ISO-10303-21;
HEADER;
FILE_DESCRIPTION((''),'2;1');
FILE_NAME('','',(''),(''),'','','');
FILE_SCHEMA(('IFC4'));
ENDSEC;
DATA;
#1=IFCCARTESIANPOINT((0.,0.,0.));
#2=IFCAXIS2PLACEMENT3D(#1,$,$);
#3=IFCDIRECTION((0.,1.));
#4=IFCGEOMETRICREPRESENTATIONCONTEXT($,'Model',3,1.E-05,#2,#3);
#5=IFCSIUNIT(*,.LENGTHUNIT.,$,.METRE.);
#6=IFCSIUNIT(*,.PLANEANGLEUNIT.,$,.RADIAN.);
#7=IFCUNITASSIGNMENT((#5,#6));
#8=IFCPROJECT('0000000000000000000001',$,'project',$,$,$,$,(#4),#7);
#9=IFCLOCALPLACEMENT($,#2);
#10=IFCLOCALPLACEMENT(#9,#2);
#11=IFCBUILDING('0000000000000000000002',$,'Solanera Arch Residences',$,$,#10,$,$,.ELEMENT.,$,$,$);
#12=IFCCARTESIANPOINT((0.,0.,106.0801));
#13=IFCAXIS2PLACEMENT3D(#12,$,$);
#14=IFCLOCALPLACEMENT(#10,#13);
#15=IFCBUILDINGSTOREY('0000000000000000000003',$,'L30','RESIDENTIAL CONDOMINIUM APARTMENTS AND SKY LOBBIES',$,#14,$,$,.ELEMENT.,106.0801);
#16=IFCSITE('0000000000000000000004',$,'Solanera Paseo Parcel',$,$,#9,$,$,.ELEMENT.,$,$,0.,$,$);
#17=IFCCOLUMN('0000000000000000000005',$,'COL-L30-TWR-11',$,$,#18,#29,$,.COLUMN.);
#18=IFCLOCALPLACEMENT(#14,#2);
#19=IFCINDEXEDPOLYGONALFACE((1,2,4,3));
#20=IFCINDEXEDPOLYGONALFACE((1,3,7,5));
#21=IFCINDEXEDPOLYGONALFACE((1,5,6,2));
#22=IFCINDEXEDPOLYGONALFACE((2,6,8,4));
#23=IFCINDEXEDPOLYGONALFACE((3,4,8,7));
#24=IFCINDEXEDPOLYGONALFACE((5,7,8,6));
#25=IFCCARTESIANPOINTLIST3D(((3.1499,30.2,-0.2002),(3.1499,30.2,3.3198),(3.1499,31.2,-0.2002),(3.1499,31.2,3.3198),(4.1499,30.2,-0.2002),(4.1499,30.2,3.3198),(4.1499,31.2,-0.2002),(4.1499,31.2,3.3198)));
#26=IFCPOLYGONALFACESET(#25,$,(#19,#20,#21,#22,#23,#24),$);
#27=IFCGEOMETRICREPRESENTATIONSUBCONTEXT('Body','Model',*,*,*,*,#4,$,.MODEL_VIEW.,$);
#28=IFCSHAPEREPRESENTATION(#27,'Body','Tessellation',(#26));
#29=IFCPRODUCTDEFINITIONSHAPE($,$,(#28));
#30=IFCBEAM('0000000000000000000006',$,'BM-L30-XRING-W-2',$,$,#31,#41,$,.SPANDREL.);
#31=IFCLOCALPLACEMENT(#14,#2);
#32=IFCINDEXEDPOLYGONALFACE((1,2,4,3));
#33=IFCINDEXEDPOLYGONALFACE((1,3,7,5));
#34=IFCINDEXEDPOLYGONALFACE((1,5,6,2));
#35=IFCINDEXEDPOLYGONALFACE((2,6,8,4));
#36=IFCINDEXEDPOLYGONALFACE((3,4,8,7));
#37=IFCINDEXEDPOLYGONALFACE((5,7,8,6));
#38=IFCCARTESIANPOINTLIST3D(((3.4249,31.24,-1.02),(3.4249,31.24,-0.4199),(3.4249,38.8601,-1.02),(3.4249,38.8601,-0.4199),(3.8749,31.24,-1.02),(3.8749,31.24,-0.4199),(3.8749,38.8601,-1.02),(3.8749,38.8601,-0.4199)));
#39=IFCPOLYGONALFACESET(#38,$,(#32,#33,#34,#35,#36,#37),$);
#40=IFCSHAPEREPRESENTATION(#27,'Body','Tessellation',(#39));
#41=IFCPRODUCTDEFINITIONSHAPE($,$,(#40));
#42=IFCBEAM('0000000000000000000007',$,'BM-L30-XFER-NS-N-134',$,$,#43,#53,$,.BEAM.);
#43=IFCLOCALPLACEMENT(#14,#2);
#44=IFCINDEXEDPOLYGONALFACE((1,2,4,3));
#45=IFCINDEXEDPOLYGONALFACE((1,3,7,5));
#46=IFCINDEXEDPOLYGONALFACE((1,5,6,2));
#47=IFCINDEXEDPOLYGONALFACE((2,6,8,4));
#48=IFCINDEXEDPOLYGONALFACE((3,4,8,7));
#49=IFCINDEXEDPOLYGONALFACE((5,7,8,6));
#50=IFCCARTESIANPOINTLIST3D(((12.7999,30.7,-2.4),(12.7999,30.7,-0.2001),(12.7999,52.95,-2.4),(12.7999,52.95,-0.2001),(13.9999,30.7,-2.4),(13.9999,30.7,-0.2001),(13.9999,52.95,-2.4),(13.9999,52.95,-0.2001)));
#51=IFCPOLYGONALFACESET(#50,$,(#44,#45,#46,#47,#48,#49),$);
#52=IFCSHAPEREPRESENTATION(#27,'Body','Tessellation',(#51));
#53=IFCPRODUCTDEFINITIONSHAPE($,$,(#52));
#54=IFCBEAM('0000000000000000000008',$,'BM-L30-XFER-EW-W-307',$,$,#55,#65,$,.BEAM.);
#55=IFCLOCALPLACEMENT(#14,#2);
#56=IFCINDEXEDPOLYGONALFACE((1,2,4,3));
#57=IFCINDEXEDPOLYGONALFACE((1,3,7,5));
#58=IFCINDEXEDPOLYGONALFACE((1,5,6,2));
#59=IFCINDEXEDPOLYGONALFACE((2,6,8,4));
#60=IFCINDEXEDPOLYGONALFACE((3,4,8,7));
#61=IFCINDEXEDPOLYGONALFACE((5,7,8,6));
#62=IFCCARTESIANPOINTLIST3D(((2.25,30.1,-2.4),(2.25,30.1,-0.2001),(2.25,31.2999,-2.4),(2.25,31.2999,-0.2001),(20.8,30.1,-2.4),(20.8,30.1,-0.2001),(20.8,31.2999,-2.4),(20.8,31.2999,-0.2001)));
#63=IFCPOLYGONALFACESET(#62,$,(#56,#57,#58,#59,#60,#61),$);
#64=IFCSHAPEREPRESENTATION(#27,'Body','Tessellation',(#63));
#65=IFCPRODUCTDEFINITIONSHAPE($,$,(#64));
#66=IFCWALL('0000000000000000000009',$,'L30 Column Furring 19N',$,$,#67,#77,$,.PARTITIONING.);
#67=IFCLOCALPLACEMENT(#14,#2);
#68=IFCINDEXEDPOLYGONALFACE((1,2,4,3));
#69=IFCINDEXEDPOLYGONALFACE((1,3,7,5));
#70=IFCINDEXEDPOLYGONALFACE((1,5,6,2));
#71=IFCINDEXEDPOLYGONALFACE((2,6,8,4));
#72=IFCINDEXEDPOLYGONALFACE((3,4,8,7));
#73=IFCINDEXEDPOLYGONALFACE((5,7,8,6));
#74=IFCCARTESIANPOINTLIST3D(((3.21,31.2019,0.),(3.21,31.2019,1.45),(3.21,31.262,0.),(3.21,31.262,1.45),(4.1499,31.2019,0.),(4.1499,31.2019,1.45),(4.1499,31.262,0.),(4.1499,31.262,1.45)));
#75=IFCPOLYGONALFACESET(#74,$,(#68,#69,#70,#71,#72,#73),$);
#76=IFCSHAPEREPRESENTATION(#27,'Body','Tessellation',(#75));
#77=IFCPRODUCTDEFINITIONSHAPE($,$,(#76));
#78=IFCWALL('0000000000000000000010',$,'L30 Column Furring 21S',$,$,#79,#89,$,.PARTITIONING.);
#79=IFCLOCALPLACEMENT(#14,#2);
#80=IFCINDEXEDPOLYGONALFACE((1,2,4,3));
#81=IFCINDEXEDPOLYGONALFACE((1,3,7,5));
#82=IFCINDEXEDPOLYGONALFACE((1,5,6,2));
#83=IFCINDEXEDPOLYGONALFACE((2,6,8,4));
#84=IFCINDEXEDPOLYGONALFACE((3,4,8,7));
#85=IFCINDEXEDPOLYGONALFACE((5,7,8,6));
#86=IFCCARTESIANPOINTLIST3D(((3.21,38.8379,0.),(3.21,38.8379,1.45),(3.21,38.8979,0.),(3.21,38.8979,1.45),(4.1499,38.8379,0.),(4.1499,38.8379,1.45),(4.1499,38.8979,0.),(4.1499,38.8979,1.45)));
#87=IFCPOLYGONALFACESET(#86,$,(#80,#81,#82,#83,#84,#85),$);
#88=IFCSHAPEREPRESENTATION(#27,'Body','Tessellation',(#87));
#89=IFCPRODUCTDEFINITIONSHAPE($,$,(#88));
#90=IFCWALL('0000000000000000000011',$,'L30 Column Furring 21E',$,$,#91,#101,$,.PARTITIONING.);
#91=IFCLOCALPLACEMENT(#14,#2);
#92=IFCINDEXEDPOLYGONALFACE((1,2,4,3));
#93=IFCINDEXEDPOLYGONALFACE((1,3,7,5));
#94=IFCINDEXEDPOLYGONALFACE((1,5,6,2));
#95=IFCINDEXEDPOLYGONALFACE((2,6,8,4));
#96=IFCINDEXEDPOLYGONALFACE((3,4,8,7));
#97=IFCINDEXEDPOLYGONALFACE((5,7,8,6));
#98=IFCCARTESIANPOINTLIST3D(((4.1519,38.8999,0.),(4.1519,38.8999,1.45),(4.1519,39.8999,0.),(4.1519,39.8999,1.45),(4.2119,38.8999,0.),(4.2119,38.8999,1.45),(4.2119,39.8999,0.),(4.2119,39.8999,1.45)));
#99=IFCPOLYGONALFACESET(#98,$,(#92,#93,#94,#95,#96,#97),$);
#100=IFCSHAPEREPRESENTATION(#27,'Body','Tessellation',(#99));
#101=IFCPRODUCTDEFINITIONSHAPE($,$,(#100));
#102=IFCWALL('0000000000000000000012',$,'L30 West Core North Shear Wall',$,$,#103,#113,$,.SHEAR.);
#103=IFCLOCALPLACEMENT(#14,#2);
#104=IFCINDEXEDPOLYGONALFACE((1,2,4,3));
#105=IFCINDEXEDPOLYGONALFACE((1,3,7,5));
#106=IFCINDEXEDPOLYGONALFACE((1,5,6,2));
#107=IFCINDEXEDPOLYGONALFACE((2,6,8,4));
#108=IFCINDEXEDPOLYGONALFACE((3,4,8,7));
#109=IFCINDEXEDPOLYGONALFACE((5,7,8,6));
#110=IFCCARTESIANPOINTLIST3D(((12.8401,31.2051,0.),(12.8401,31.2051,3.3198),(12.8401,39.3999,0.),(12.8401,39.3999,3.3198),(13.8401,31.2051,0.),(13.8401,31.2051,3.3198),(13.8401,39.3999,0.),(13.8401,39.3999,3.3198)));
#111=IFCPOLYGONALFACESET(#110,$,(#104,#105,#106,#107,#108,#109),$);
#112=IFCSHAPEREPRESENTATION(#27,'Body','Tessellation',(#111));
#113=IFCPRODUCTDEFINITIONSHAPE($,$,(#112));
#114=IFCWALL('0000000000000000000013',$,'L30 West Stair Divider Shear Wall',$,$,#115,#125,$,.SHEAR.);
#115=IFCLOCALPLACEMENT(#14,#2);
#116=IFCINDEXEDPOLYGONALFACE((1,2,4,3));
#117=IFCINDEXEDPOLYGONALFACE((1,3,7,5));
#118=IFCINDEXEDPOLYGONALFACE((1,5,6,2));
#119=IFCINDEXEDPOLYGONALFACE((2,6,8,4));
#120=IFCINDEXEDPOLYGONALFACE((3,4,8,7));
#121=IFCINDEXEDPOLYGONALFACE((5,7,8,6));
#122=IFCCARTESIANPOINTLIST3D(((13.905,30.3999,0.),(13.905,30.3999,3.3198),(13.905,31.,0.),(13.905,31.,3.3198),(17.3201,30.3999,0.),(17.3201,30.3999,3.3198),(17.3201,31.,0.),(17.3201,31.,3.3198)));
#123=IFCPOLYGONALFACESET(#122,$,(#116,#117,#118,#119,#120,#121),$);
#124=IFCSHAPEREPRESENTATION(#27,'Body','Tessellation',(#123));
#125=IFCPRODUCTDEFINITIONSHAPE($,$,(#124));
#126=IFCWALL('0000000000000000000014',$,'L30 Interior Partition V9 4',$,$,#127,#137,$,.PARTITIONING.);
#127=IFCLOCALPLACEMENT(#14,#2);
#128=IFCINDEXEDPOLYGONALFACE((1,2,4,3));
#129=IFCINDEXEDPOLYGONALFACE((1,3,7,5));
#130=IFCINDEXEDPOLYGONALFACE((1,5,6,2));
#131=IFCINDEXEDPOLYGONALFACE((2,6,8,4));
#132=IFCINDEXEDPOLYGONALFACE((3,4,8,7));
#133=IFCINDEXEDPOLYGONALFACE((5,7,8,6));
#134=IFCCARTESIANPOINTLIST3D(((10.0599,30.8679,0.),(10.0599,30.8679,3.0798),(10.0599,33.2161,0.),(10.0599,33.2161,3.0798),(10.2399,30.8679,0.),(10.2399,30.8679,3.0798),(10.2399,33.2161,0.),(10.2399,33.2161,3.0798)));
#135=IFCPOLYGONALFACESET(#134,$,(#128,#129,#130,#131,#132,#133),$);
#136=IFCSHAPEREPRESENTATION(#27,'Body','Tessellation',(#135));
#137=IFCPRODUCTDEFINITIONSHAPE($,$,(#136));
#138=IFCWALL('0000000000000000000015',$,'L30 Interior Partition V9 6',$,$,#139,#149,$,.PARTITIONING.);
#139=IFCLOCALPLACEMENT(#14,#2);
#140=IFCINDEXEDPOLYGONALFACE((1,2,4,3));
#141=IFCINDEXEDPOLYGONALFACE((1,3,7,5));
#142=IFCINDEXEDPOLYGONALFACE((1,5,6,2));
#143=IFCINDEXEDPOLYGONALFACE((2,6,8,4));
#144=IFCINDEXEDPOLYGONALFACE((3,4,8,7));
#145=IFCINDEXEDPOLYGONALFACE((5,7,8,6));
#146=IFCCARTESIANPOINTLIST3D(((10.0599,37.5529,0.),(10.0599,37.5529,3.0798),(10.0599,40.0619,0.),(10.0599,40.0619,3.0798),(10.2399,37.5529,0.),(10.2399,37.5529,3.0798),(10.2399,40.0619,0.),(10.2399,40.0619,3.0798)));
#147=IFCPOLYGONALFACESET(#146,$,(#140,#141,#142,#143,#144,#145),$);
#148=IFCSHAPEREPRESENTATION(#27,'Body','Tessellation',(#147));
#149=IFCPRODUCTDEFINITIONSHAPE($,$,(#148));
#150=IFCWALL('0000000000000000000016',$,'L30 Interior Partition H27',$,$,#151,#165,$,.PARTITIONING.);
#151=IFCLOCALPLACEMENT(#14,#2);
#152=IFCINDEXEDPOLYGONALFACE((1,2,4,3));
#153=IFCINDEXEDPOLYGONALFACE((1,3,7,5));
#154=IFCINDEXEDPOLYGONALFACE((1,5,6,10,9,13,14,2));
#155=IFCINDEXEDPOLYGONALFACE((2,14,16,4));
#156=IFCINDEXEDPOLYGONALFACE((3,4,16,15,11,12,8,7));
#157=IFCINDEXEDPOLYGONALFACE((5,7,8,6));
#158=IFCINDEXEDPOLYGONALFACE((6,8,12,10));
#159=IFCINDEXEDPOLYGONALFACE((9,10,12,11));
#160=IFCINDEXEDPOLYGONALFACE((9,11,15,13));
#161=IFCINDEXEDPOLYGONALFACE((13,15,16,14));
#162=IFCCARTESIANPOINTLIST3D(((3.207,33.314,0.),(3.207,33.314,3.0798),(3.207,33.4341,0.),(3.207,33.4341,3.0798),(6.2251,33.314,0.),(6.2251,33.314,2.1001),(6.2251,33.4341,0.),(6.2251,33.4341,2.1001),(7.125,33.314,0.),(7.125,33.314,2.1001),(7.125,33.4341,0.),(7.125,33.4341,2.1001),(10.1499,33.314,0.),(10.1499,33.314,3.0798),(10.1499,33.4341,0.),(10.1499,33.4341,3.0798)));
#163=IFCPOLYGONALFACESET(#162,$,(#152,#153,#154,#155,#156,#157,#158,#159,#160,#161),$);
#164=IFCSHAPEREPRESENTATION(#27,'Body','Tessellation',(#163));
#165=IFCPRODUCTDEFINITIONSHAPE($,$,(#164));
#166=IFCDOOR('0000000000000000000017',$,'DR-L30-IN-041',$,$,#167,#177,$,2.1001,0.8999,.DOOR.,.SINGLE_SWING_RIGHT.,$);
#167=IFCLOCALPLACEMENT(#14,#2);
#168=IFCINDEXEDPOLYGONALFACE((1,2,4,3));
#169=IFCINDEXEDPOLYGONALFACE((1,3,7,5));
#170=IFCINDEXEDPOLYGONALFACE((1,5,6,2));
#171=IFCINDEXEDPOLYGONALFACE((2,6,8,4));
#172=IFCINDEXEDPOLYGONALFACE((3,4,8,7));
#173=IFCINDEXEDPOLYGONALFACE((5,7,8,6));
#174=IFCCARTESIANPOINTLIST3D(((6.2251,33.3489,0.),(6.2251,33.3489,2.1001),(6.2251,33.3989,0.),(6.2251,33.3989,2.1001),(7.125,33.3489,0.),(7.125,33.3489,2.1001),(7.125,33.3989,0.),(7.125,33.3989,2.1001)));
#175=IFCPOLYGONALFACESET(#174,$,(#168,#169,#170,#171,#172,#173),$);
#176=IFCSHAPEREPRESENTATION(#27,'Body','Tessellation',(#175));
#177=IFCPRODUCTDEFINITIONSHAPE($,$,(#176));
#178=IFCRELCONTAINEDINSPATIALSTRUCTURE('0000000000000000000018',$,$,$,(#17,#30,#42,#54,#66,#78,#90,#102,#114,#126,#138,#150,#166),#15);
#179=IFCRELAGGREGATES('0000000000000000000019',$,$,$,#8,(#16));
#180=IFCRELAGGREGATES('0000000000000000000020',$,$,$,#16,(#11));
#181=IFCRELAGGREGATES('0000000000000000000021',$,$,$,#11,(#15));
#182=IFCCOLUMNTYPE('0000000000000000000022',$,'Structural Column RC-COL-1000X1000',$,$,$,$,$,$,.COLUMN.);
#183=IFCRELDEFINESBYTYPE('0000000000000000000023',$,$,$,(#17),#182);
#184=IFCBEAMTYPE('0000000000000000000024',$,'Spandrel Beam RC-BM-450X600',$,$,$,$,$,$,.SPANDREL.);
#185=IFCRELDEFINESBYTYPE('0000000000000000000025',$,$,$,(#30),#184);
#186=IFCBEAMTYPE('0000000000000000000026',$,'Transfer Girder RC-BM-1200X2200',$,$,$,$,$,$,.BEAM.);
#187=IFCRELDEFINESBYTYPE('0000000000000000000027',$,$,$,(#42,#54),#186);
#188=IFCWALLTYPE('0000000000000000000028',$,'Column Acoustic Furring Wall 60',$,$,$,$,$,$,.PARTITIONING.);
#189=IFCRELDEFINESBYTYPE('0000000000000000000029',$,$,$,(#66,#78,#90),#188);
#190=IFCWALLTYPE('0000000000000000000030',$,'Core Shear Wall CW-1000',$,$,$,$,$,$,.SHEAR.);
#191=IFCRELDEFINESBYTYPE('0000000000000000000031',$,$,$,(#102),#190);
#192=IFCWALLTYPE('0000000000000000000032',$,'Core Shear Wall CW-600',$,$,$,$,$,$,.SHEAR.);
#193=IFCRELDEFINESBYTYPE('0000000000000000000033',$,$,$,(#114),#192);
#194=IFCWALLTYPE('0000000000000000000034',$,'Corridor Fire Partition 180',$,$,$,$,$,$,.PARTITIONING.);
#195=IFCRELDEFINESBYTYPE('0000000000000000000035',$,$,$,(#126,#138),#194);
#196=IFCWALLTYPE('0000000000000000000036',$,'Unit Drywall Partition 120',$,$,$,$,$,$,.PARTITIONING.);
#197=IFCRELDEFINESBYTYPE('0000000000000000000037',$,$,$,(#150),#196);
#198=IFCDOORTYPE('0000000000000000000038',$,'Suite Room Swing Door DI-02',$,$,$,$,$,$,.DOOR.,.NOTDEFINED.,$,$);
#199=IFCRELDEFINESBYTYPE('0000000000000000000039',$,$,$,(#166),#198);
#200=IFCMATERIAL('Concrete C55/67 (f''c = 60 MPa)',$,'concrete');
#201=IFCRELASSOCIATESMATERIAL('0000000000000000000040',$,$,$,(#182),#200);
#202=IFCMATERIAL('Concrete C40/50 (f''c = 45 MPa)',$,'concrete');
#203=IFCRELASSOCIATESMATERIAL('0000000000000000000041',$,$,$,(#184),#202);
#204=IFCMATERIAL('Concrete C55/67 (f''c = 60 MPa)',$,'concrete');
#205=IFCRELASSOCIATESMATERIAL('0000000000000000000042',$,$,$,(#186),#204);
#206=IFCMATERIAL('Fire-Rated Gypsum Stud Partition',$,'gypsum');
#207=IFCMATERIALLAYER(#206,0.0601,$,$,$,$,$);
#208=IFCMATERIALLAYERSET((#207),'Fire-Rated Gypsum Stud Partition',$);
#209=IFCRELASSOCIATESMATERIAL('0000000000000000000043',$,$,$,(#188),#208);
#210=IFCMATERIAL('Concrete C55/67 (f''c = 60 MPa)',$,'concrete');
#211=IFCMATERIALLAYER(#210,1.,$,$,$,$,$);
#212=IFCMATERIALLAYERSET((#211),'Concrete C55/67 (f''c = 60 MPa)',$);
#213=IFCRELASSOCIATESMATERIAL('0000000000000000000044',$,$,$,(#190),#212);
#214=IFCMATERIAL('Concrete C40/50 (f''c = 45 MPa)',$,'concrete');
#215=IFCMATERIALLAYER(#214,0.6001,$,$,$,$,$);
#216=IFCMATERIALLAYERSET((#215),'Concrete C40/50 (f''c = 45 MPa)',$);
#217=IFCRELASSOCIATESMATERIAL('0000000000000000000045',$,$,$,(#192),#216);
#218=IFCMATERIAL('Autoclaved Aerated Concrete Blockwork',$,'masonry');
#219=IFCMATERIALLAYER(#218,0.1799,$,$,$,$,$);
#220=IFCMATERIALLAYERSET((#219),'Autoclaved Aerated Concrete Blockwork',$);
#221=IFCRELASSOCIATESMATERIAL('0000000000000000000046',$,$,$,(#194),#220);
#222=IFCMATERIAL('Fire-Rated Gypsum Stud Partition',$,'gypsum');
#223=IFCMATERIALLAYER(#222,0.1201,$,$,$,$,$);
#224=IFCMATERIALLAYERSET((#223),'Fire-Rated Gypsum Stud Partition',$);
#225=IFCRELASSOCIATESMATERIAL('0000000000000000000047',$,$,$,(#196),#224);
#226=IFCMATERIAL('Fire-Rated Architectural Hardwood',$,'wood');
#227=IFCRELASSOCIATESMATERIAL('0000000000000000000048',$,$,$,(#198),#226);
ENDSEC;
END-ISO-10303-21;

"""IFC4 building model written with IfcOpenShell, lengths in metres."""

from ifc_helpers import new_model, si_unit, direction, frame, frame_2d, origin, origin_2d, place, context, subcontext, project, spatial, rectangle, extrude, material, layer, layer_set, material_profile, profile_set, type_object, element, fill, save


model = new_model("IFC4")

# Units and contexts
model_context = context("Model", 3, precision=1e-05, world=origin(), true_north=direction((0.0, 1.0)))
body_context = subcontext(model_context, "Body", "Model", "MODEL_VIEW")
ifc_project = project(units=[si_unit("LENGTHUNIT", "METRE"), si_unit("PLANEANGLEUNIT", "RADIAN")], contexts=[model_context])

# Site, building, storey
site_placement = place(None, origin())
site = spatial("IfcSite", under=ifc_project, at=site_placement, Name="Solanera Paseo Parcel", CompositionType="ELEMENT", RefElevation=0.0)
building_placement = place(site_placement, origin())
building = spatial("IfcBuilding", under=site, at=building_placement, Name="Solanera Arch Residences", CompositionType="ELEMENT")
storey_placement = place(building_placement, frame((0.0, 0.0, 106.0801)))
storey = spatial("IfcBuildingStorey", under=building, at=storey_placement, Name="L30", Description="RESIDENTIAL CONDOMINIUM APARTMENTS AND SKY LOBBIES", CompositionType="ELEMENT", Elevation=106.0801)

# Column
ifc_material_1 = material(Name="Concrete C55/67 (f'c = 60 MPa)", Category="concrete")
ifc_material_profile_1 = material_profile(ifc_material_1, rectangle(XDim=1.0, YDim=1.0, at=origin_2d()))
ifc_profile_set_1 = profile_set([ifc_material_profile_1], Name="Concrete C55/67 (f'c = 60 MPa)")
column_type = type_object("IfcColumnType", Name="Structural Column RC-COL-1000X1000", PredefinedType="COLUMN", material=ifc_profile_set_1)
column_placement = place(storey_placement, frame((3.6499, 30.7, -0.2002), z_axis=(0.0, 0.0, 1.0), x_axis=(1.0, 0.0, 0.0)))
element("IfcColumn", 1, at=column_placement, inside=storey, type_object=column_type, Name="COL-L30-TWR-11", PredefinedType="COLUMN", context=body_context, shape_type="SweptSolid", body=[
    extrude(rectangle(XDim=1.0, YDim=1.0, at=origin_2d()), origin(), (0.0, 0.0, 1.0), 3.52),
])

# Beams
ifc_material_2 = material(Name="Concrete C40/50 (f'c = 45 MPa)", Category="concrete")
ifc_material_profile_2 = material_profile(ifc_material_2, rectangle(XDim=0.45, YDim=0.6001, at=origin_2d()))
ifc_profile_set_2 = profile_set([ifc_material_profile_2], Name="Concrete C40/50 (f'c = 45 MPa)")
beam_type_1 = type_object("IfcBeamType", Name="Spandrel Beam RC-BM-450X600", PredefinedType="SPANDREL", material=ifc_profile_set_2)
beam_1_placement = place(storey_placement, frame((3.6499, 31.24, -0.72), z_axis=(0.0, 1.0, 0.0), x_axis=(-1.0, 0.0, 0.0)))
element("IfcBeam", 2, at=beam_1_placement, inside=storey, type_object=beam_type_1, Name="BM-L30-XRING-W-2", PredefinedType="SPANDREL", context=body_context, shape_type="SweptSolid", body=[
    extrude(rectangle(XDim=0.45, YDim=0.6001, at=origin_2d()), origin(), (0.0, 0.0, 1.0), 7.6201),
])
ifc_material_3 = material(Name="Concrete C55/67 (f'c = 60 MPa)", Category="concrete")
ifc_material_profile_3 = material_profile(ifc_material_3, rectangle(XDim=1.2, YDim=2.2, at=origin_2d()))
ifc_profile_set_3 = profile_set([ifc_material_profile_3], Name="Concrete C55/67 (f'c = 60 MPa)")
beam_type_2 = type_object("IfcBeamType", Name="Transfer Girder RC-BM-1200X2200", PredefinedType="BEAM", material=ifc_profile_set_3)
beam_2_placement = place(storey_placement, frame((13.3999, 30.7, -1.3), z_axis=(0.0, 1.0, 0.0), x_axis=(-1.0, 0.0, 0.0)))
element("IfcBeam", 3, at=beam_2_placement, inside=storey, type_object=beam_type_2, Name="BM-L30-XFER-NS-N-134", PredefinedType="BEAM", context=body_context, shape_type="SweptSolid", body=[
    extrude(rectangle(XDim=1.2, YDim=2.2, at=origin_2d()), origin(), (0.0, 0.0, 1.0), 22.25),
])
beam_3_placement = place(storey_placement, frame((2.25, 30.7, -1.3), z_axis=(1.0, 0.0, 0.0), x_axis=(0.0, 1.0, 0.0)))
element("IfcBeam", 4, at=beam_3_placement, inside=storey, type_object=beam_type_2, Name="BM-L30-XFER-EW-W-307", PredefinedType="BEAM", context=body_context, shape_type="SweptSolid", body=[
    extrude(rectangle(XDim=1.2, YDim=2.2, at=origin_2d()), origin(), (0.0, 0.0, 1.0), 18.55),
])

# Walls
ifc_material_4 = material(Name="Fire-Rated Gypsum Stud Partition", Category="gypsum")
ifc_layer_1 = layer(ifc_material_4, 0.0601)
ifc_layer_set_1 = layer_set([ifc_layer_1], Name="Fire-Rated Gypsum Stud Partition")
wall_type_1 = type_object("IfcWallType", Name="Column Acoustic Furring Wall 60", PredefinedType="PARTITIONING", material=ifc_layer_set_1)
for number, where, z_axis, x_axis, name in (
    (5, (3.21, 31.2319, 0.0), (0.0, 0.0, 1.0), (1.0, 0.0, 0.0), "L30 Column Furring 19N"),
    (6, (3.21, 38.8679, 0.0), (0.0, 0.0, 1.0), (1.0, 0.0, 0.0), "L30 Column Furring 21S"),
):
    element("IfcWall", number, at=place(storey_placement, frame(where, z_axis=z_axis, x_axis=x_axis)), inside=storey, type_object=wall_type_1, Name=name, PredefinedType="PARTITIONING", context=body_context, shape_type="SweptSolid", body=[
        extrude(rectangle(XDim=0.9399, YDim=0.0601, at=frame_2d((0.47, 0.0))), origin(), (0.0, 0.0, 1.0), 1.45),
    ])
wall_1_placement = place(storey_placement, frame((4.1819, 38.8999, 0.0), z_axis=(0.0, 0.0, 1.0), x_axis=(0.0, 1.0, 0.0)))
element("IfcWall", 7, at=wall_1_placement, inside=storey, type_object=wall_type_1, Name="L30 Column Furring 21E", PredefinedType="PARTITIONING", context=body_context, shape_type="SweptSolid", body=[
    extrude(rectangle(XDim=1.0, YDim=0.0601, at=frame_2d((0.5, 0.0))), origin(), (0.0, 0.0, 1.0), 1.45),
])
ifc_material_5 = material(Name="Concrete C55/67 (f'c = 60 MPa)", Category="concrete")
ifc_layer_2 = layer(ifc_material_5, 1.0)
ifc_layer_set_2 = layer_set([ifc_layer_2], Name="Concrete C55/67 (f'c = 60 MPa)")
wall_type_2 = type_object("IfcWallType", Name="Core Shear Wall CW-1000", PredefinedType="SHEAR", material=ifc_layer_set_2)
wall_2_placement = place(storey_placement, frame((13.3401, 31.2051, 0.0), z_axis=(0.0, 0.0, 1.0), x_axis=(0.0, 1.0, 0.0)))
element("IfcWall", 8, at=wall_2_placement, inside=storey, type_object=wall_type_2, Name="L30 West Core North Shear Wall", PredefinedType="SHEAR", context=body_context, shape_type="SweptSolid", body=[
    extrude(rectangle(XDim=8.1948, YDim=1.0, at=frame_2d((4.0974, 0.0))), origin(), (0.0, 0.0, 1.0), 3.3198),
])
ifc_material_6 = material(Name="Concrete C40/50 (f'c = 45 MPa)", Category="concrete")
ifc_layer_3 = layer(ifc_material_6, 0.6001)
ifc_layer_set_3 = layer_set([ifc_layer_3], Name="Concrete C40/50 (f'c = 45 MPa)")
wall_type_3 = type_object("IfcWallType", Name="Core Shear Wall CW-600", PredefinedType="SHEAR", material=ifc_layer_set_3)
wall_3_placement = place(storey_placement, frame((13.905, 30.7, 0.0), z_axis=(0.0, 0.0, 1.0), x_axis=(1.0, 0.0, 0.0)))
element("IfcWall", 9, at=wall_3_placement, inside=storey, type_object=wall_type_3, Name="L30 West Stair Divider Shear Wall", PredefinedType="SHEAR", context=body_context, shape_type="SweptSolid", body=[
    extrude(rectangle(XDim=3.415, YDim=0.6001, at=frame_2d((1.7075, 0.0))), origin(), (0.0, 0.0, 1.0), 3.3198),
])
ifc_material_7 = material(Name="Autoclaved Aerated Concrete Blockwork", Category="masonry")
ifc_layer_4 = layer(ifc_material_7, 0.1799)
ifc_layer_set_4 = layer_set([ifc_layer_4], Name="Autoclaved Aerated Concrete Blockwork")
wall_type_4 = type_object("IfcWallType", Name="Corridor Fire Partition 180", PredefinedType="PARTITIONING", material=ifc_layer_set_4)
wall_4_placement = place(storey_placement, frame((10.1499, 30.8679, 0.0), z_axis=(0.0, 0.0, 1.0), x_axis=(0.0, 1.0, 0.0)))
element("IfcWall", 10, at=wall_4_placement, inside=storey, type_object=wall_type_4, Name="L30 Interior Partition V9 4", PredefinedType="PARTITIONING", context=body_context, shape_type="SweptSolid", body=[
    extrude(rectangle(XDim=2.3481, YDim=0.1799, at=frame_2d((1.1741, 0.0))), origin(), (0.0, 0.0, 1.0), 3.0798),
])

# Wall
wall_5_placement = place(storey_placement, frame((10.1499, 37.553, 0.0), z_axis=(0.0, 0.0, 1.0), x_axis=(0.0, 1.0, 0.0)))
element("IfcWall", 11, at=wall_5_placement, inside=storey, type_object=wall_type_4, Name="L30 Interior Partition V9 6", PredefinedType="PARTITIONING", context=body_context, shape_type="SweptSolid", body=[
    extrude(rectangle(XDim=2.509, YDim=0.1799, at=frame_2d((1.2544, 0.0))), origin(), (0.0, 0.0, 1.0), 3.0798),
])

# Wall, opening, door
ifc_material_8 = material(Name="Fire-Rated Gypsum Stud Partition", Category="gypsum")
ifc_layer_5 = layer(ifc_material_8, 0.1201)
ifc_layer_set_5 = layer_set([ifc_layer_5], Name="Fire-Rated Gypsum Stud Partition")
wall_type_5 = type_object("IfcWallType", Name="Unit Drywall Partition 120", PredefinedType="PARTITIONING", material=ifc_layer_set_5)
wall_6_placement = place(storey_placement, frame((3.207, 33.374, 0.0), z_axis=(0.0, 0.0, 1.0), x_axis=(1.0, 0.0, 0.0)))
wall_6 = element("IfcWall", 12, at=wall_6_placement, inside=storey, type_object=wall_type_5, Name="L30 Interior Partition H27", PredefinedType="PARTITIONING", context=body_context, shape_type="SweptSolid", body=[
    extrude(rectangle(XDim=6.9429, YDim=0.1201, at=frame_2d((3.4714, 0.0))), origin(), (0.0, 0.0, 1.0), 3.0798),
])
opening_1_placement = place(wall_6_placement, frame((3.0181, 0.0, 0.0)))
opening_1 = element("IfcOpeningElement", 13, at=opening_1_placement, cuts=wall_6, PredefinedType="OPENING", context=body_context, shape_type="SweptSolid", body=[
    extrude(rectangle(XDim=0.8999, YDim=2.1001, at=frame_2d((0.45, 1.05))), frame((0.0, 0.0701, 0.0), z_axis=(0.0, -1.0, 0.0), x_axis=(1.0, 0.0, 0.0)), (0.0, 0.0, 1.0), 0.1401),
])
ifc_material_9 = material(Name="Fire-Rated Architectural Hardwood", Category="wood")
door_type_1 = type_object("IfcDoorType", Name="Suite Room Swing Door DI-02", OperationType="NOTDEFINED", PredefinedType="DOOR", material=ifc_material_9)
door_1_placement = place(opening_1_placement, origin())
door_1 = element("IfcDoor", 14, at=door_1_placement, inside=storey, type_object=door_type_1, Name="DR-L30-IN-041", OperationType="SINGLE_SWING_RIGHT", OverallHeight=2.1001, OverallWidth=0.8999, PredefinedType="DOOR", context=body_context, shape_type="SweptSolid", body=[
    extrude(rectangle(XDim=0.8999, YDim=2.1001, at=frame_2d((0.45, 1.05))), frame((0.0, 0.0249, 0.0), z_axis=(0.0, -1.0, 0.0), x_axis=(1.0, 0.0, 0.0)), (0.0, 0.0, 1.0), 0.05),
])
fill(opening_1, door_1)

save(model, "model.ifc")
